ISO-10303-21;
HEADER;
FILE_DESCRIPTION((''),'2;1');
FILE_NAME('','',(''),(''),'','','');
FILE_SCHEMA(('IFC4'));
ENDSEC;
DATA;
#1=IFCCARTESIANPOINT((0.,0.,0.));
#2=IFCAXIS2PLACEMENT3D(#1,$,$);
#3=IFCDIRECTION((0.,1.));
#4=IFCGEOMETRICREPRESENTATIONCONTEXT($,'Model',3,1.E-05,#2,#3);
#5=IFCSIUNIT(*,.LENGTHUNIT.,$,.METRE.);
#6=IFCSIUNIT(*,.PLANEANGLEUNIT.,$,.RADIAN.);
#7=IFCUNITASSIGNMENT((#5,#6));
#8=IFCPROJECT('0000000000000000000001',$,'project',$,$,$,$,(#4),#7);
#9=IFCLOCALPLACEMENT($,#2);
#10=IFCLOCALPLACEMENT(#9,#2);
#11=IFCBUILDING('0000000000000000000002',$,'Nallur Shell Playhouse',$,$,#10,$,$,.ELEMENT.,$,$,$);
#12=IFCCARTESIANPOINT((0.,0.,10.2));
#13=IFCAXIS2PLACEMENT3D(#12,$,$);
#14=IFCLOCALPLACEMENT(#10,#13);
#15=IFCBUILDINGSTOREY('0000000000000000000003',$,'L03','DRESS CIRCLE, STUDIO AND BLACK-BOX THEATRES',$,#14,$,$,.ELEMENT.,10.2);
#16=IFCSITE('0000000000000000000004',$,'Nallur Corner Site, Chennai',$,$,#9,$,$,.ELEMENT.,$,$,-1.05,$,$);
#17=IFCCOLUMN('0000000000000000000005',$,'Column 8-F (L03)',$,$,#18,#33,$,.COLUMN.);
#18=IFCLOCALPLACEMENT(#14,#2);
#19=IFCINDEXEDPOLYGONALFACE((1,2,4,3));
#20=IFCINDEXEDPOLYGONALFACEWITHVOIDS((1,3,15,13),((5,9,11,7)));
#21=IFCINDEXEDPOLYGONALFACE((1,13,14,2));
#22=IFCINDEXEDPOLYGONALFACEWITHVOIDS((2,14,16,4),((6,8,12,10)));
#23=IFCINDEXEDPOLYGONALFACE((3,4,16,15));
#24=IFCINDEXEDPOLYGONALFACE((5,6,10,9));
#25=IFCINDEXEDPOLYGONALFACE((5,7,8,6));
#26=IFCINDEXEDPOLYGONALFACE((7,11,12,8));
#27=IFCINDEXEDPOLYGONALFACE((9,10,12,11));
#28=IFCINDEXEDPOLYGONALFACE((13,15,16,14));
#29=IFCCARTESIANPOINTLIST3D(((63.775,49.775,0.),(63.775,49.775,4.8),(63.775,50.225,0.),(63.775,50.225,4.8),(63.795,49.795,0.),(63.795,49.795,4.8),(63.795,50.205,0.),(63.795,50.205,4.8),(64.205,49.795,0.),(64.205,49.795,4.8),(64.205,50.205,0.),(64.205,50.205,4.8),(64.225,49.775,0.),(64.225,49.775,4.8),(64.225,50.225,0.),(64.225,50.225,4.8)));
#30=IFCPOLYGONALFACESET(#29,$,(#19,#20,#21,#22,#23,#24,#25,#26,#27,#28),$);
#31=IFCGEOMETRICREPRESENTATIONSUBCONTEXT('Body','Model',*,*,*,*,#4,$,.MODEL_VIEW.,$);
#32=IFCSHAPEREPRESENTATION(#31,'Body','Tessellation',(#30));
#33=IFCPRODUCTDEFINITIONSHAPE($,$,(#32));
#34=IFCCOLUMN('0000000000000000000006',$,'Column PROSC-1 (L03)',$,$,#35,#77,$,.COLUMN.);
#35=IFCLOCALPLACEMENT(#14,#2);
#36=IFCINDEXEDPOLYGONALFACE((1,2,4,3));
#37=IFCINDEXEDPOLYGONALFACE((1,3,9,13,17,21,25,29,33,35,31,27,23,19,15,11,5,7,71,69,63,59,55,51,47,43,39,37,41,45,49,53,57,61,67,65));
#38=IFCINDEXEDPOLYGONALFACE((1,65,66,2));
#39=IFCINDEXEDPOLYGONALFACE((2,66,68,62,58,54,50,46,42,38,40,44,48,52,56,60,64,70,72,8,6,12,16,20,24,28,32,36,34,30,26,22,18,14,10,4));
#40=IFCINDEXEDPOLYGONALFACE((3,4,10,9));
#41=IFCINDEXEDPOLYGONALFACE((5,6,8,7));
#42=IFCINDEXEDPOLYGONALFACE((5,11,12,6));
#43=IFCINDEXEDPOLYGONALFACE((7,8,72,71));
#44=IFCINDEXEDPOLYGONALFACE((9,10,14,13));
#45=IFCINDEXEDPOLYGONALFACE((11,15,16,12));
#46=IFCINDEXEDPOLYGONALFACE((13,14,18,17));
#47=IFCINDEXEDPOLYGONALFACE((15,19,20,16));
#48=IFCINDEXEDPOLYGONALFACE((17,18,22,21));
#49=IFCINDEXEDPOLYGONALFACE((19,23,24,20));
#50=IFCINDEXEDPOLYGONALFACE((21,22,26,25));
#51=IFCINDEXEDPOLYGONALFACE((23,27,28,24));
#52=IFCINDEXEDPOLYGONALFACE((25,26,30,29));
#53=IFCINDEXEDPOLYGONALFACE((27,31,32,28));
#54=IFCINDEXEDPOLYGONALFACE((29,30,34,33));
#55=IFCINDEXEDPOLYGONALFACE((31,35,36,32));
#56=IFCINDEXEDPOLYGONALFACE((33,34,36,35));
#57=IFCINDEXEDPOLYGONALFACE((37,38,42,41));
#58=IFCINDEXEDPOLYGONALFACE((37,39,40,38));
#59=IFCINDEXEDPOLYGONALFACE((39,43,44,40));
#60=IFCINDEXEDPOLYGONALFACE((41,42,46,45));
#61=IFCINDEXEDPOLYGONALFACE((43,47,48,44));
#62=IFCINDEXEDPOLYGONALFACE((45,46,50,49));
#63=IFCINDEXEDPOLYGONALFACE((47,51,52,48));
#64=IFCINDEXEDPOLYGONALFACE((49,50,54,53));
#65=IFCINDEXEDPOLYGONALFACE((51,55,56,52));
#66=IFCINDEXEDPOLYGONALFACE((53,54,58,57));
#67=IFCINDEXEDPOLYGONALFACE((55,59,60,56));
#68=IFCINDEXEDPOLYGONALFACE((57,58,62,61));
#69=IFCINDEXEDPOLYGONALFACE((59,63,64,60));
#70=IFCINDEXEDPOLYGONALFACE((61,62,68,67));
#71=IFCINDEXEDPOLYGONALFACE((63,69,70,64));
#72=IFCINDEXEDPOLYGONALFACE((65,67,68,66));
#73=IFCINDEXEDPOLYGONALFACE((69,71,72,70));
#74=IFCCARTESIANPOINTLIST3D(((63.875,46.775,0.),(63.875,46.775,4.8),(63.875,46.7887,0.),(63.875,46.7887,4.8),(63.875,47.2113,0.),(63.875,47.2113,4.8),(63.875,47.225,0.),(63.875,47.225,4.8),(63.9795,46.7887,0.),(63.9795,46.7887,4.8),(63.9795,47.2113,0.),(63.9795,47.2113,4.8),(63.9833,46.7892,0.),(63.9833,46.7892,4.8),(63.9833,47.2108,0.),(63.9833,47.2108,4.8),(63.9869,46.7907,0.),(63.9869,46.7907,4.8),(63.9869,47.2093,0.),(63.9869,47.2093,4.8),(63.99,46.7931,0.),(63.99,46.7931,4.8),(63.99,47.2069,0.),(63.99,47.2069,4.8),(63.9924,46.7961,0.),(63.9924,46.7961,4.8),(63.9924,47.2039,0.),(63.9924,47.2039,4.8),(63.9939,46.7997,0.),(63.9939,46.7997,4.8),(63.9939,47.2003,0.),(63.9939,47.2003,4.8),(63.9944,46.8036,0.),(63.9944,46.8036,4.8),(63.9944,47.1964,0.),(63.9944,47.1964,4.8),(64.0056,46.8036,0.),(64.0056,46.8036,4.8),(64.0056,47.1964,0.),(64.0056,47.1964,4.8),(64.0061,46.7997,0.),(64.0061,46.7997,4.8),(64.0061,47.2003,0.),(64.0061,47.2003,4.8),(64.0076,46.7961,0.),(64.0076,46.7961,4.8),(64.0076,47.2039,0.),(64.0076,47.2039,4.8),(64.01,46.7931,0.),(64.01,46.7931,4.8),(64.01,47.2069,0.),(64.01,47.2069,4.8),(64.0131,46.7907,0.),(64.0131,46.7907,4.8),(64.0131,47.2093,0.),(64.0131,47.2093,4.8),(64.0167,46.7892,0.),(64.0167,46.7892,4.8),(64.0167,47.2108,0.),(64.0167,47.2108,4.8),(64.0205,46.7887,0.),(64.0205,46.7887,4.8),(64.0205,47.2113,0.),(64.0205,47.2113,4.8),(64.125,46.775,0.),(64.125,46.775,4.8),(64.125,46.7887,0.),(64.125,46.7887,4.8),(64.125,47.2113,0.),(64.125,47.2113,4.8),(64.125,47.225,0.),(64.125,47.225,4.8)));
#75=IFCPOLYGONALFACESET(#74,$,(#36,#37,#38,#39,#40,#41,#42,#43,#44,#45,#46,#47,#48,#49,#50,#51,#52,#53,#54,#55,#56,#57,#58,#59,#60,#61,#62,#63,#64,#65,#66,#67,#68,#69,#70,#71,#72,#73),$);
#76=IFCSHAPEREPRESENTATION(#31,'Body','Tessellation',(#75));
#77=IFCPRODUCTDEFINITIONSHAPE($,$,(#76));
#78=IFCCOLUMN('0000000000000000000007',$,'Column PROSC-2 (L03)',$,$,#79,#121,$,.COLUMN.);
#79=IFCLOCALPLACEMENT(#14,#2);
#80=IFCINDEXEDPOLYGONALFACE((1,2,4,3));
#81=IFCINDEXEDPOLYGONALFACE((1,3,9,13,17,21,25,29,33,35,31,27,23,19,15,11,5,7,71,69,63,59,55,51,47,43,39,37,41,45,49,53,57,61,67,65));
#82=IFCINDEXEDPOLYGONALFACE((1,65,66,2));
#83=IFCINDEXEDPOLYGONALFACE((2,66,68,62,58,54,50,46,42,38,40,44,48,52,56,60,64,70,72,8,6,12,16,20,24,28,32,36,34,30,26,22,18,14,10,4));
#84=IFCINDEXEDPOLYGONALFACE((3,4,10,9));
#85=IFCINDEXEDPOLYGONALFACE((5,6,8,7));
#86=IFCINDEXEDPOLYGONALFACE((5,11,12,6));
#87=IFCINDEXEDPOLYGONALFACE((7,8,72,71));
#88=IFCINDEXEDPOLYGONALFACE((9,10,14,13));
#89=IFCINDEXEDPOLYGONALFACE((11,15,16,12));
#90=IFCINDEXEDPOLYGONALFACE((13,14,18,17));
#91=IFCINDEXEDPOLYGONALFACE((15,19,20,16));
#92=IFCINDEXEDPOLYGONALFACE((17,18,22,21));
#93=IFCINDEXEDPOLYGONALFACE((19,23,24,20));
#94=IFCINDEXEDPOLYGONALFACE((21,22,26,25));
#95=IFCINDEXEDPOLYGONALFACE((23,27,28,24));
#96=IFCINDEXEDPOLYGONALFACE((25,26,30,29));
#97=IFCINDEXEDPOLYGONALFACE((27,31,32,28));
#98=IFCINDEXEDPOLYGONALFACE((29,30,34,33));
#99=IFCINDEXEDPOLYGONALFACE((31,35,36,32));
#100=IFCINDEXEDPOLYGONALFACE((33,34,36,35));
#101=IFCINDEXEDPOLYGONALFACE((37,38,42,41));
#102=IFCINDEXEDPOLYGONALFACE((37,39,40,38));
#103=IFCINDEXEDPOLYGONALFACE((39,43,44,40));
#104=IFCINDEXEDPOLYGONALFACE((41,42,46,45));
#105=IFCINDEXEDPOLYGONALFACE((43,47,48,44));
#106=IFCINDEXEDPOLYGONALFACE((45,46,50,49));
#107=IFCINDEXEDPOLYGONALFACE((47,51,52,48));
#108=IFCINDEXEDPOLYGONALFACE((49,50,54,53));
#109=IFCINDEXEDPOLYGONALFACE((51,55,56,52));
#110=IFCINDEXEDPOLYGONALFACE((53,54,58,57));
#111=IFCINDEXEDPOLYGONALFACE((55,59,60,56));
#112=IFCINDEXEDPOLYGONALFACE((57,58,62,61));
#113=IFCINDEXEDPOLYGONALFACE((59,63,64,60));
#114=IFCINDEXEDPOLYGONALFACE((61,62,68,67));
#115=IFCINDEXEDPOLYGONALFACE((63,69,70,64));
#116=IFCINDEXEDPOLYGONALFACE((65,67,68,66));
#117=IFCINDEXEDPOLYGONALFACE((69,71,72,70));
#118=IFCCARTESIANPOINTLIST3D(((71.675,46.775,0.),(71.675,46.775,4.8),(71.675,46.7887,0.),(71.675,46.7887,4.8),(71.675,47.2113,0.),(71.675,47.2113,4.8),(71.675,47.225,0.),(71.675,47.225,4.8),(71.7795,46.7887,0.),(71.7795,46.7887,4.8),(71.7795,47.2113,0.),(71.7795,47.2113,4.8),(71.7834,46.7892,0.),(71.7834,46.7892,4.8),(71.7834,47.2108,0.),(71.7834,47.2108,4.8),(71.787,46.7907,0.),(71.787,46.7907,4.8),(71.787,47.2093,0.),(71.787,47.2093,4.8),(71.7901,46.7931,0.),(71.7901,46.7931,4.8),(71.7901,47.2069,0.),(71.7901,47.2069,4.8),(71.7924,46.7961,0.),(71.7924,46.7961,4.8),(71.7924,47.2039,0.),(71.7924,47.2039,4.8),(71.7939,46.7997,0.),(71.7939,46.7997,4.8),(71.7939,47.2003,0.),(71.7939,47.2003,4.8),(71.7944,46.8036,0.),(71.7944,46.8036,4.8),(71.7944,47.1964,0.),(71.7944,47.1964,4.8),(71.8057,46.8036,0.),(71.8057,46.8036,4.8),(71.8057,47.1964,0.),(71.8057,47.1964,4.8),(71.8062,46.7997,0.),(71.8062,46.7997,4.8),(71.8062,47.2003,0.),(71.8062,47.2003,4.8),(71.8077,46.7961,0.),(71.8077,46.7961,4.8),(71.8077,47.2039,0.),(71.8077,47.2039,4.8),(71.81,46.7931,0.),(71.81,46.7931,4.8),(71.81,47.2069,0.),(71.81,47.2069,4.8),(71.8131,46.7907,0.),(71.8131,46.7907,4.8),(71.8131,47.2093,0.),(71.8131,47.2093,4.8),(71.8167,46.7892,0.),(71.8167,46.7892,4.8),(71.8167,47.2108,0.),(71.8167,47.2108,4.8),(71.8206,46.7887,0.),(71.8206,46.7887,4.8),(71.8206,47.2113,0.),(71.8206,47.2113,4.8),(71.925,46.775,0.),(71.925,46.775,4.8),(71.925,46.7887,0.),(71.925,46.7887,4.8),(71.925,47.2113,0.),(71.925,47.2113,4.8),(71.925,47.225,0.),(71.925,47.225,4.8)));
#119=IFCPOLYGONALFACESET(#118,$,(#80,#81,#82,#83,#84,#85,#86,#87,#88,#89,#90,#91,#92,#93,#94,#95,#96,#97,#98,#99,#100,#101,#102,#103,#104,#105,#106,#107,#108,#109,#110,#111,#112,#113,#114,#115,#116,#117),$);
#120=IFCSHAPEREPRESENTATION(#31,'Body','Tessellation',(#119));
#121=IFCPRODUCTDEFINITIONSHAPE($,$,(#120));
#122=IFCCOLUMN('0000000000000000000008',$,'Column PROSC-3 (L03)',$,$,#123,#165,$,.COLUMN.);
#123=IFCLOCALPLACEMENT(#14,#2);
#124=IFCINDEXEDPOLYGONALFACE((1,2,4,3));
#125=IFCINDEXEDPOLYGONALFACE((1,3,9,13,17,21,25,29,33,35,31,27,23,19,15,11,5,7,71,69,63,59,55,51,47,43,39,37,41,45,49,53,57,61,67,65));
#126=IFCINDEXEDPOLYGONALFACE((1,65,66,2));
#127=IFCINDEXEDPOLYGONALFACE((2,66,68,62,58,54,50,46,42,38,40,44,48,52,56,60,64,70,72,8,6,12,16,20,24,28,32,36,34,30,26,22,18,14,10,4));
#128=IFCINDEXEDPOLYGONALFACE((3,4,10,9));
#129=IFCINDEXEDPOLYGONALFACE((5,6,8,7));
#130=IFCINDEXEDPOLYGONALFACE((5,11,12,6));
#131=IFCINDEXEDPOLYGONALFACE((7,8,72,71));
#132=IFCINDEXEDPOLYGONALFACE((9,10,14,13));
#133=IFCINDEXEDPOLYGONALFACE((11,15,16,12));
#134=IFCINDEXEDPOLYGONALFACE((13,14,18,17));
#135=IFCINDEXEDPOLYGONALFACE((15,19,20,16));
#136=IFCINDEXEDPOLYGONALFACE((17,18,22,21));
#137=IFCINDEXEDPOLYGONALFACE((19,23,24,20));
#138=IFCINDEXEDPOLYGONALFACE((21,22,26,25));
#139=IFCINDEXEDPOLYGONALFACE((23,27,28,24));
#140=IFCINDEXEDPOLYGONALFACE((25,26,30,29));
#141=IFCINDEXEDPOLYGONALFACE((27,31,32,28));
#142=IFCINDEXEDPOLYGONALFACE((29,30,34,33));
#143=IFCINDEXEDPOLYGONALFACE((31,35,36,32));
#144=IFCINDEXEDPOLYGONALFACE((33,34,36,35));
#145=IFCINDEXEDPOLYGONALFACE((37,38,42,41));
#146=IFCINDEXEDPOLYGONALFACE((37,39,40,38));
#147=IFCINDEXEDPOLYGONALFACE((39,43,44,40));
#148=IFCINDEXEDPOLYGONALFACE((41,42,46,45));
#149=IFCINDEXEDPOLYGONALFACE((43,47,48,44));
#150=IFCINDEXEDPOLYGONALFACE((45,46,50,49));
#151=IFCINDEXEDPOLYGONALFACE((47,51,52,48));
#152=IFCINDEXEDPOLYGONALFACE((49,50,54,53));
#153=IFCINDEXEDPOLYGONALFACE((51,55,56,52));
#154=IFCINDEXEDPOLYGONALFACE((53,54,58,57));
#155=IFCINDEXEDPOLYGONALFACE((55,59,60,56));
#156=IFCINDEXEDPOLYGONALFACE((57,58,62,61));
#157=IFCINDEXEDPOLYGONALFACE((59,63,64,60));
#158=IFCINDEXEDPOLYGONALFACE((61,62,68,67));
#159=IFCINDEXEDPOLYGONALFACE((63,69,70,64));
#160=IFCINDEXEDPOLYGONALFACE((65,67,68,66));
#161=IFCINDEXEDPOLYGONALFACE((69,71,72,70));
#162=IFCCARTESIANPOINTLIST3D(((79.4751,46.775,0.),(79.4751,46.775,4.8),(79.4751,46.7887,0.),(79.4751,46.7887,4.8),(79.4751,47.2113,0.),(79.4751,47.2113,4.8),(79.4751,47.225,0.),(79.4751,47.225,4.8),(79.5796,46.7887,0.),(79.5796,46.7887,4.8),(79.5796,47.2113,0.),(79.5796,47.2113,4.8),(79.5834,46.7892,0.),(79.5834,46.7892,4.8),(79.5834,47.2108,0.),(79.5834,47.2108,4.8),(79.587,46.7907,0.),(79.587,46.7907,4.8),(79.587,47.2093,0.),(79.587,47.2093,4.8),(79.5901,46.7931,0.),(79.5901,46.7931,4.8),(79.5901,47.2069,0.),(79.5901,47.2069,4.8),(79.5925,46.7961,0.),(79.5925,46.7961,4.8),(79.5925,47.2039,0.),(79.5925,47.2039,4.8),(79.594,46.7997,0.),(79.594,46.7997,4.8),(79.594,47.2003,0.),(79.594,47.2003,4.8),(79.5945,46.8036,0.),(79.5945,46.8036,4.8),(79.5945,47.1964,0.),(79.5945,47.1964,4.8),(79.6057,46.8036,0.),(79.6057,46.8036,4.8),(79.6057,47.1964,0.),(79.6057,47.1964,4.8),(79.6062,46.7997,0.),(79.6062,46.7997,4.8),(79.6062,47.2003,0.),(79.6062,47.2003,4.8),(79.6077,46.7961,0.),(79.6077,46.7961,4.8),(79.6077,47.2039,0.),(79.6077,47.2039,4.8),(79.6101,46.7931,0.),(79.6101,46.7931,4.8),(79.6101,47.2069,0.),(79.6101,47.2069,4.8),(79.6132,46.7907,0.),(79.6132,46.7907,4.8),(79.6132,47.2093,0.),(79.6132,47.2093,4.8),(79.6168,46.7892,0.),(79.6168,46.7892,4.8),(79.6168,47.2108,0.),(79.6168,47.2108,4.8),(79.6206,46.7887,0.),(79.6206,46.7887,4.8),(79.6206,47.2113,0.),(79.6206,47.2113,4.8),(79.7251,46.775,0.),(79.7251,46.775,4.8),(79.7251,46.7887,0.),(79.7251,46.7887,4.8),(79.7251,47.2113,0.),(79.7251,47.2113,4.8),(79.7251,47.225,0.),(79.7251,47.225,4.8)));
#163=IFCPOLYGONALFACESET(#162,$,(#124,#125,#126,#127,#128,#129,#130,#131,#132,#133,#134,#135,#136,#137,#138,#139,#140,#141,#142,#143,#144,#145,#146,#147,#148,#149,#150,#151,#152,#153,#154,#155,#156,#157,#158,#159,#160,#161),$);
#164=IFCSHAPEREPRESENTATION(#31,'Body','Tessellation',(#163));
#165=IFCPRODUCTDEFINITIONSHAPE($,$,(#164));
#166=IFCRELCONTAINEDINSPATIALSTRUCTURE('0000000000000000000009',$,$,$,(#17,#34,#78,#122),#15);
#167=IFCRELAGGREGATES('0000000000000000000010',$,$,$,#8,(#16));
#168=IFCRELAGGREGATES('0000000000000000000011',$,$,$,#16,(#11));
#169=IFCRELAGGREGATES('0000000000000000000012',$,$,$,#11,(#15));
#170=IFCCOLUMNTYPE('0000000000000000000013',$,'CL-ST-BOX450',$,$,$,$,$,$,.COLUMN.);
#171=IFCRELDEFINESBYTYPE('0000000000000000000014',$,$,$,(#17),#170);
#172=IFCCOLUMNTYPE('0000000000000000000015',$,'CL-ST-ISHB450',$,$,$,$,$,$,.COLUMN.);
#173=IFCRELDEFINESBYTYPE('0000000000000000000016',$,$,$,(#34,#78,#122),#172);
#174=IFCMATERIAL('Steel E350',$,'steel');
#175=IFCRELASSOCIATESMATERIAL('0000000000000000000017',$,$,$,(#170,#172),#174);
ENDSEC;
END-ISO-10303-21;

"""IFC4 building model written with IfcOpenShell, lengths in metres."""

from ifc_helpers import new_model, si_unit, direction, frame, origin, origin_2d, place, context, subcontext, project, spatial, hollow_rectangle, i_section, extrude, material, material_profile, profile_set, type_object, element, save


model = new_model("IFC4")

# Units and contexts
model_context = context("Model", 3, precision=1e-05, world=origin(), true_north=direction((0.0, 1.0)))
body_context = subcontext(model_context, "Body", "Model", "MODEL_VIEW")
ifc_project = project(units=[si_unit("LENGTHUNIT", "METRE"), si_unit("PLANEANGLEUNIT", "RADIAN")], contexts=[model_context])

# Site, building, storey
site_placement = place(None, origin())
site = spatial("IfcSite", under=ifc_project, at=site_placement, Name="Nallur Corner Site, Chennai", CompositionType="ELEMENT", RefElevation=-1.05)
building_placement = place(site_placement, origin())
building = spatial("IfcBuilding", under=site, at=building_placement, Name="Nallur Shell Playhouse", CompositionType="ELEMENT")
storey_placement = place(building_placement, frame((0.0, 0.0, 10.2)))
storey = spatial("IfcBuildingStorey", under=building, at=storey_placement, Name="L03", Description="DRESS CIRCLE, STUDIO AND BLACK-BOX THEATRES", CompositionType="ELEMENT", Elevation=10.2)

# Columns
ifc_material_1 = material(Name="Steel E350", Category="steel")
ifc_material_profile_1 = material_profile(ifc_material_1, hollow_rectangle(XDim=0.45, YDim=0.45, WallThickness=0.02, at=origin_2d()), Name="BOX 450x450x20")
ifc_profile_set_1 = profile_set([ifc_material_profile_1], Name="Steel E350")
column_type_1 = type_object("IfcColumnType", Name="CL-ST-BOX450", PredefinedType="COLUMN", material=ifc_profile_set_1)
column_placement = place(storey_placement, frame((64.0, 50.0, 0.0), z_axis=(0.0, 0.0, 1.0), x_axis=(1.0, 0.0, 0.0)))
element("IfcColumn", 1, at=column_placement, inside=storey, type_object=column_type_1, Name="Column 8-F (L03)", PredefinedType="COLUMN", context=body_context, shape_type="SweptSolid", body=[
    extrude(hollow_rectangle(XDim=0.45, YDim=0.45, WallThickness=0.02, at=origin_2d()), origin(), (0.0, 0.0, 1.0), 4.8),
])
ifc_material_profile_2 = material_profile(ifc_material_1, i_section(OverallWidth=0.25, OverallDepth=0.45, WebThickness=0.0112, FlangeThickness=0.0137, FilletRadius=0.0149, at=origin_2d()), Name="ISHB 450")
ifc_profile_set_2 = profile_set([ifc_material_profile_2], Name="Steel E350")
column_type_2 = type_object("IfcColumnType", Name="CL-ST-ISHB450", PredefinedType="COLUMN", material=ifc_profile_set_2)
for number, where, z_axis, x_axis, name in (
    (2, (64.0, 47.0, 0.0), (0.0, 0.0, 1.0), (1.0, 0.0, 0.0), "Column PROSC-1 (L03)"),
    (3, (71.8, 47.0, 0.0), (0.0, 0.0, 1.0), (1.0, 0.0, 0.0), "Column PROSC-2 (L03)"),
    (4, (79.6001, 47.0, 0.0), (0.0, 0.0, 1.0), (1.0, 0.0, 0.0), "Column PROSC-3 (L03)"),
):
    element("IfcColumn", number, at=place(storey_placement, frame(where, z_axis=z_axis, x_axis=x_axis)), inside=storey, type_object=column_type_2, Name=name, PredefinedType="COLUMN", context=body_context, shape_type="SweptSolid", body=[
        extrude(i_section(OverallWidth=0.25, OverallDepth=0.45, WebThickness=0.0112, FlangeThickness=0.0137, FilletRadius=0.0149, at=origin_2d()), origin(), (0.0, 0.0, 1.0), 4.8),
    ])

save(model, "model.ifc")
